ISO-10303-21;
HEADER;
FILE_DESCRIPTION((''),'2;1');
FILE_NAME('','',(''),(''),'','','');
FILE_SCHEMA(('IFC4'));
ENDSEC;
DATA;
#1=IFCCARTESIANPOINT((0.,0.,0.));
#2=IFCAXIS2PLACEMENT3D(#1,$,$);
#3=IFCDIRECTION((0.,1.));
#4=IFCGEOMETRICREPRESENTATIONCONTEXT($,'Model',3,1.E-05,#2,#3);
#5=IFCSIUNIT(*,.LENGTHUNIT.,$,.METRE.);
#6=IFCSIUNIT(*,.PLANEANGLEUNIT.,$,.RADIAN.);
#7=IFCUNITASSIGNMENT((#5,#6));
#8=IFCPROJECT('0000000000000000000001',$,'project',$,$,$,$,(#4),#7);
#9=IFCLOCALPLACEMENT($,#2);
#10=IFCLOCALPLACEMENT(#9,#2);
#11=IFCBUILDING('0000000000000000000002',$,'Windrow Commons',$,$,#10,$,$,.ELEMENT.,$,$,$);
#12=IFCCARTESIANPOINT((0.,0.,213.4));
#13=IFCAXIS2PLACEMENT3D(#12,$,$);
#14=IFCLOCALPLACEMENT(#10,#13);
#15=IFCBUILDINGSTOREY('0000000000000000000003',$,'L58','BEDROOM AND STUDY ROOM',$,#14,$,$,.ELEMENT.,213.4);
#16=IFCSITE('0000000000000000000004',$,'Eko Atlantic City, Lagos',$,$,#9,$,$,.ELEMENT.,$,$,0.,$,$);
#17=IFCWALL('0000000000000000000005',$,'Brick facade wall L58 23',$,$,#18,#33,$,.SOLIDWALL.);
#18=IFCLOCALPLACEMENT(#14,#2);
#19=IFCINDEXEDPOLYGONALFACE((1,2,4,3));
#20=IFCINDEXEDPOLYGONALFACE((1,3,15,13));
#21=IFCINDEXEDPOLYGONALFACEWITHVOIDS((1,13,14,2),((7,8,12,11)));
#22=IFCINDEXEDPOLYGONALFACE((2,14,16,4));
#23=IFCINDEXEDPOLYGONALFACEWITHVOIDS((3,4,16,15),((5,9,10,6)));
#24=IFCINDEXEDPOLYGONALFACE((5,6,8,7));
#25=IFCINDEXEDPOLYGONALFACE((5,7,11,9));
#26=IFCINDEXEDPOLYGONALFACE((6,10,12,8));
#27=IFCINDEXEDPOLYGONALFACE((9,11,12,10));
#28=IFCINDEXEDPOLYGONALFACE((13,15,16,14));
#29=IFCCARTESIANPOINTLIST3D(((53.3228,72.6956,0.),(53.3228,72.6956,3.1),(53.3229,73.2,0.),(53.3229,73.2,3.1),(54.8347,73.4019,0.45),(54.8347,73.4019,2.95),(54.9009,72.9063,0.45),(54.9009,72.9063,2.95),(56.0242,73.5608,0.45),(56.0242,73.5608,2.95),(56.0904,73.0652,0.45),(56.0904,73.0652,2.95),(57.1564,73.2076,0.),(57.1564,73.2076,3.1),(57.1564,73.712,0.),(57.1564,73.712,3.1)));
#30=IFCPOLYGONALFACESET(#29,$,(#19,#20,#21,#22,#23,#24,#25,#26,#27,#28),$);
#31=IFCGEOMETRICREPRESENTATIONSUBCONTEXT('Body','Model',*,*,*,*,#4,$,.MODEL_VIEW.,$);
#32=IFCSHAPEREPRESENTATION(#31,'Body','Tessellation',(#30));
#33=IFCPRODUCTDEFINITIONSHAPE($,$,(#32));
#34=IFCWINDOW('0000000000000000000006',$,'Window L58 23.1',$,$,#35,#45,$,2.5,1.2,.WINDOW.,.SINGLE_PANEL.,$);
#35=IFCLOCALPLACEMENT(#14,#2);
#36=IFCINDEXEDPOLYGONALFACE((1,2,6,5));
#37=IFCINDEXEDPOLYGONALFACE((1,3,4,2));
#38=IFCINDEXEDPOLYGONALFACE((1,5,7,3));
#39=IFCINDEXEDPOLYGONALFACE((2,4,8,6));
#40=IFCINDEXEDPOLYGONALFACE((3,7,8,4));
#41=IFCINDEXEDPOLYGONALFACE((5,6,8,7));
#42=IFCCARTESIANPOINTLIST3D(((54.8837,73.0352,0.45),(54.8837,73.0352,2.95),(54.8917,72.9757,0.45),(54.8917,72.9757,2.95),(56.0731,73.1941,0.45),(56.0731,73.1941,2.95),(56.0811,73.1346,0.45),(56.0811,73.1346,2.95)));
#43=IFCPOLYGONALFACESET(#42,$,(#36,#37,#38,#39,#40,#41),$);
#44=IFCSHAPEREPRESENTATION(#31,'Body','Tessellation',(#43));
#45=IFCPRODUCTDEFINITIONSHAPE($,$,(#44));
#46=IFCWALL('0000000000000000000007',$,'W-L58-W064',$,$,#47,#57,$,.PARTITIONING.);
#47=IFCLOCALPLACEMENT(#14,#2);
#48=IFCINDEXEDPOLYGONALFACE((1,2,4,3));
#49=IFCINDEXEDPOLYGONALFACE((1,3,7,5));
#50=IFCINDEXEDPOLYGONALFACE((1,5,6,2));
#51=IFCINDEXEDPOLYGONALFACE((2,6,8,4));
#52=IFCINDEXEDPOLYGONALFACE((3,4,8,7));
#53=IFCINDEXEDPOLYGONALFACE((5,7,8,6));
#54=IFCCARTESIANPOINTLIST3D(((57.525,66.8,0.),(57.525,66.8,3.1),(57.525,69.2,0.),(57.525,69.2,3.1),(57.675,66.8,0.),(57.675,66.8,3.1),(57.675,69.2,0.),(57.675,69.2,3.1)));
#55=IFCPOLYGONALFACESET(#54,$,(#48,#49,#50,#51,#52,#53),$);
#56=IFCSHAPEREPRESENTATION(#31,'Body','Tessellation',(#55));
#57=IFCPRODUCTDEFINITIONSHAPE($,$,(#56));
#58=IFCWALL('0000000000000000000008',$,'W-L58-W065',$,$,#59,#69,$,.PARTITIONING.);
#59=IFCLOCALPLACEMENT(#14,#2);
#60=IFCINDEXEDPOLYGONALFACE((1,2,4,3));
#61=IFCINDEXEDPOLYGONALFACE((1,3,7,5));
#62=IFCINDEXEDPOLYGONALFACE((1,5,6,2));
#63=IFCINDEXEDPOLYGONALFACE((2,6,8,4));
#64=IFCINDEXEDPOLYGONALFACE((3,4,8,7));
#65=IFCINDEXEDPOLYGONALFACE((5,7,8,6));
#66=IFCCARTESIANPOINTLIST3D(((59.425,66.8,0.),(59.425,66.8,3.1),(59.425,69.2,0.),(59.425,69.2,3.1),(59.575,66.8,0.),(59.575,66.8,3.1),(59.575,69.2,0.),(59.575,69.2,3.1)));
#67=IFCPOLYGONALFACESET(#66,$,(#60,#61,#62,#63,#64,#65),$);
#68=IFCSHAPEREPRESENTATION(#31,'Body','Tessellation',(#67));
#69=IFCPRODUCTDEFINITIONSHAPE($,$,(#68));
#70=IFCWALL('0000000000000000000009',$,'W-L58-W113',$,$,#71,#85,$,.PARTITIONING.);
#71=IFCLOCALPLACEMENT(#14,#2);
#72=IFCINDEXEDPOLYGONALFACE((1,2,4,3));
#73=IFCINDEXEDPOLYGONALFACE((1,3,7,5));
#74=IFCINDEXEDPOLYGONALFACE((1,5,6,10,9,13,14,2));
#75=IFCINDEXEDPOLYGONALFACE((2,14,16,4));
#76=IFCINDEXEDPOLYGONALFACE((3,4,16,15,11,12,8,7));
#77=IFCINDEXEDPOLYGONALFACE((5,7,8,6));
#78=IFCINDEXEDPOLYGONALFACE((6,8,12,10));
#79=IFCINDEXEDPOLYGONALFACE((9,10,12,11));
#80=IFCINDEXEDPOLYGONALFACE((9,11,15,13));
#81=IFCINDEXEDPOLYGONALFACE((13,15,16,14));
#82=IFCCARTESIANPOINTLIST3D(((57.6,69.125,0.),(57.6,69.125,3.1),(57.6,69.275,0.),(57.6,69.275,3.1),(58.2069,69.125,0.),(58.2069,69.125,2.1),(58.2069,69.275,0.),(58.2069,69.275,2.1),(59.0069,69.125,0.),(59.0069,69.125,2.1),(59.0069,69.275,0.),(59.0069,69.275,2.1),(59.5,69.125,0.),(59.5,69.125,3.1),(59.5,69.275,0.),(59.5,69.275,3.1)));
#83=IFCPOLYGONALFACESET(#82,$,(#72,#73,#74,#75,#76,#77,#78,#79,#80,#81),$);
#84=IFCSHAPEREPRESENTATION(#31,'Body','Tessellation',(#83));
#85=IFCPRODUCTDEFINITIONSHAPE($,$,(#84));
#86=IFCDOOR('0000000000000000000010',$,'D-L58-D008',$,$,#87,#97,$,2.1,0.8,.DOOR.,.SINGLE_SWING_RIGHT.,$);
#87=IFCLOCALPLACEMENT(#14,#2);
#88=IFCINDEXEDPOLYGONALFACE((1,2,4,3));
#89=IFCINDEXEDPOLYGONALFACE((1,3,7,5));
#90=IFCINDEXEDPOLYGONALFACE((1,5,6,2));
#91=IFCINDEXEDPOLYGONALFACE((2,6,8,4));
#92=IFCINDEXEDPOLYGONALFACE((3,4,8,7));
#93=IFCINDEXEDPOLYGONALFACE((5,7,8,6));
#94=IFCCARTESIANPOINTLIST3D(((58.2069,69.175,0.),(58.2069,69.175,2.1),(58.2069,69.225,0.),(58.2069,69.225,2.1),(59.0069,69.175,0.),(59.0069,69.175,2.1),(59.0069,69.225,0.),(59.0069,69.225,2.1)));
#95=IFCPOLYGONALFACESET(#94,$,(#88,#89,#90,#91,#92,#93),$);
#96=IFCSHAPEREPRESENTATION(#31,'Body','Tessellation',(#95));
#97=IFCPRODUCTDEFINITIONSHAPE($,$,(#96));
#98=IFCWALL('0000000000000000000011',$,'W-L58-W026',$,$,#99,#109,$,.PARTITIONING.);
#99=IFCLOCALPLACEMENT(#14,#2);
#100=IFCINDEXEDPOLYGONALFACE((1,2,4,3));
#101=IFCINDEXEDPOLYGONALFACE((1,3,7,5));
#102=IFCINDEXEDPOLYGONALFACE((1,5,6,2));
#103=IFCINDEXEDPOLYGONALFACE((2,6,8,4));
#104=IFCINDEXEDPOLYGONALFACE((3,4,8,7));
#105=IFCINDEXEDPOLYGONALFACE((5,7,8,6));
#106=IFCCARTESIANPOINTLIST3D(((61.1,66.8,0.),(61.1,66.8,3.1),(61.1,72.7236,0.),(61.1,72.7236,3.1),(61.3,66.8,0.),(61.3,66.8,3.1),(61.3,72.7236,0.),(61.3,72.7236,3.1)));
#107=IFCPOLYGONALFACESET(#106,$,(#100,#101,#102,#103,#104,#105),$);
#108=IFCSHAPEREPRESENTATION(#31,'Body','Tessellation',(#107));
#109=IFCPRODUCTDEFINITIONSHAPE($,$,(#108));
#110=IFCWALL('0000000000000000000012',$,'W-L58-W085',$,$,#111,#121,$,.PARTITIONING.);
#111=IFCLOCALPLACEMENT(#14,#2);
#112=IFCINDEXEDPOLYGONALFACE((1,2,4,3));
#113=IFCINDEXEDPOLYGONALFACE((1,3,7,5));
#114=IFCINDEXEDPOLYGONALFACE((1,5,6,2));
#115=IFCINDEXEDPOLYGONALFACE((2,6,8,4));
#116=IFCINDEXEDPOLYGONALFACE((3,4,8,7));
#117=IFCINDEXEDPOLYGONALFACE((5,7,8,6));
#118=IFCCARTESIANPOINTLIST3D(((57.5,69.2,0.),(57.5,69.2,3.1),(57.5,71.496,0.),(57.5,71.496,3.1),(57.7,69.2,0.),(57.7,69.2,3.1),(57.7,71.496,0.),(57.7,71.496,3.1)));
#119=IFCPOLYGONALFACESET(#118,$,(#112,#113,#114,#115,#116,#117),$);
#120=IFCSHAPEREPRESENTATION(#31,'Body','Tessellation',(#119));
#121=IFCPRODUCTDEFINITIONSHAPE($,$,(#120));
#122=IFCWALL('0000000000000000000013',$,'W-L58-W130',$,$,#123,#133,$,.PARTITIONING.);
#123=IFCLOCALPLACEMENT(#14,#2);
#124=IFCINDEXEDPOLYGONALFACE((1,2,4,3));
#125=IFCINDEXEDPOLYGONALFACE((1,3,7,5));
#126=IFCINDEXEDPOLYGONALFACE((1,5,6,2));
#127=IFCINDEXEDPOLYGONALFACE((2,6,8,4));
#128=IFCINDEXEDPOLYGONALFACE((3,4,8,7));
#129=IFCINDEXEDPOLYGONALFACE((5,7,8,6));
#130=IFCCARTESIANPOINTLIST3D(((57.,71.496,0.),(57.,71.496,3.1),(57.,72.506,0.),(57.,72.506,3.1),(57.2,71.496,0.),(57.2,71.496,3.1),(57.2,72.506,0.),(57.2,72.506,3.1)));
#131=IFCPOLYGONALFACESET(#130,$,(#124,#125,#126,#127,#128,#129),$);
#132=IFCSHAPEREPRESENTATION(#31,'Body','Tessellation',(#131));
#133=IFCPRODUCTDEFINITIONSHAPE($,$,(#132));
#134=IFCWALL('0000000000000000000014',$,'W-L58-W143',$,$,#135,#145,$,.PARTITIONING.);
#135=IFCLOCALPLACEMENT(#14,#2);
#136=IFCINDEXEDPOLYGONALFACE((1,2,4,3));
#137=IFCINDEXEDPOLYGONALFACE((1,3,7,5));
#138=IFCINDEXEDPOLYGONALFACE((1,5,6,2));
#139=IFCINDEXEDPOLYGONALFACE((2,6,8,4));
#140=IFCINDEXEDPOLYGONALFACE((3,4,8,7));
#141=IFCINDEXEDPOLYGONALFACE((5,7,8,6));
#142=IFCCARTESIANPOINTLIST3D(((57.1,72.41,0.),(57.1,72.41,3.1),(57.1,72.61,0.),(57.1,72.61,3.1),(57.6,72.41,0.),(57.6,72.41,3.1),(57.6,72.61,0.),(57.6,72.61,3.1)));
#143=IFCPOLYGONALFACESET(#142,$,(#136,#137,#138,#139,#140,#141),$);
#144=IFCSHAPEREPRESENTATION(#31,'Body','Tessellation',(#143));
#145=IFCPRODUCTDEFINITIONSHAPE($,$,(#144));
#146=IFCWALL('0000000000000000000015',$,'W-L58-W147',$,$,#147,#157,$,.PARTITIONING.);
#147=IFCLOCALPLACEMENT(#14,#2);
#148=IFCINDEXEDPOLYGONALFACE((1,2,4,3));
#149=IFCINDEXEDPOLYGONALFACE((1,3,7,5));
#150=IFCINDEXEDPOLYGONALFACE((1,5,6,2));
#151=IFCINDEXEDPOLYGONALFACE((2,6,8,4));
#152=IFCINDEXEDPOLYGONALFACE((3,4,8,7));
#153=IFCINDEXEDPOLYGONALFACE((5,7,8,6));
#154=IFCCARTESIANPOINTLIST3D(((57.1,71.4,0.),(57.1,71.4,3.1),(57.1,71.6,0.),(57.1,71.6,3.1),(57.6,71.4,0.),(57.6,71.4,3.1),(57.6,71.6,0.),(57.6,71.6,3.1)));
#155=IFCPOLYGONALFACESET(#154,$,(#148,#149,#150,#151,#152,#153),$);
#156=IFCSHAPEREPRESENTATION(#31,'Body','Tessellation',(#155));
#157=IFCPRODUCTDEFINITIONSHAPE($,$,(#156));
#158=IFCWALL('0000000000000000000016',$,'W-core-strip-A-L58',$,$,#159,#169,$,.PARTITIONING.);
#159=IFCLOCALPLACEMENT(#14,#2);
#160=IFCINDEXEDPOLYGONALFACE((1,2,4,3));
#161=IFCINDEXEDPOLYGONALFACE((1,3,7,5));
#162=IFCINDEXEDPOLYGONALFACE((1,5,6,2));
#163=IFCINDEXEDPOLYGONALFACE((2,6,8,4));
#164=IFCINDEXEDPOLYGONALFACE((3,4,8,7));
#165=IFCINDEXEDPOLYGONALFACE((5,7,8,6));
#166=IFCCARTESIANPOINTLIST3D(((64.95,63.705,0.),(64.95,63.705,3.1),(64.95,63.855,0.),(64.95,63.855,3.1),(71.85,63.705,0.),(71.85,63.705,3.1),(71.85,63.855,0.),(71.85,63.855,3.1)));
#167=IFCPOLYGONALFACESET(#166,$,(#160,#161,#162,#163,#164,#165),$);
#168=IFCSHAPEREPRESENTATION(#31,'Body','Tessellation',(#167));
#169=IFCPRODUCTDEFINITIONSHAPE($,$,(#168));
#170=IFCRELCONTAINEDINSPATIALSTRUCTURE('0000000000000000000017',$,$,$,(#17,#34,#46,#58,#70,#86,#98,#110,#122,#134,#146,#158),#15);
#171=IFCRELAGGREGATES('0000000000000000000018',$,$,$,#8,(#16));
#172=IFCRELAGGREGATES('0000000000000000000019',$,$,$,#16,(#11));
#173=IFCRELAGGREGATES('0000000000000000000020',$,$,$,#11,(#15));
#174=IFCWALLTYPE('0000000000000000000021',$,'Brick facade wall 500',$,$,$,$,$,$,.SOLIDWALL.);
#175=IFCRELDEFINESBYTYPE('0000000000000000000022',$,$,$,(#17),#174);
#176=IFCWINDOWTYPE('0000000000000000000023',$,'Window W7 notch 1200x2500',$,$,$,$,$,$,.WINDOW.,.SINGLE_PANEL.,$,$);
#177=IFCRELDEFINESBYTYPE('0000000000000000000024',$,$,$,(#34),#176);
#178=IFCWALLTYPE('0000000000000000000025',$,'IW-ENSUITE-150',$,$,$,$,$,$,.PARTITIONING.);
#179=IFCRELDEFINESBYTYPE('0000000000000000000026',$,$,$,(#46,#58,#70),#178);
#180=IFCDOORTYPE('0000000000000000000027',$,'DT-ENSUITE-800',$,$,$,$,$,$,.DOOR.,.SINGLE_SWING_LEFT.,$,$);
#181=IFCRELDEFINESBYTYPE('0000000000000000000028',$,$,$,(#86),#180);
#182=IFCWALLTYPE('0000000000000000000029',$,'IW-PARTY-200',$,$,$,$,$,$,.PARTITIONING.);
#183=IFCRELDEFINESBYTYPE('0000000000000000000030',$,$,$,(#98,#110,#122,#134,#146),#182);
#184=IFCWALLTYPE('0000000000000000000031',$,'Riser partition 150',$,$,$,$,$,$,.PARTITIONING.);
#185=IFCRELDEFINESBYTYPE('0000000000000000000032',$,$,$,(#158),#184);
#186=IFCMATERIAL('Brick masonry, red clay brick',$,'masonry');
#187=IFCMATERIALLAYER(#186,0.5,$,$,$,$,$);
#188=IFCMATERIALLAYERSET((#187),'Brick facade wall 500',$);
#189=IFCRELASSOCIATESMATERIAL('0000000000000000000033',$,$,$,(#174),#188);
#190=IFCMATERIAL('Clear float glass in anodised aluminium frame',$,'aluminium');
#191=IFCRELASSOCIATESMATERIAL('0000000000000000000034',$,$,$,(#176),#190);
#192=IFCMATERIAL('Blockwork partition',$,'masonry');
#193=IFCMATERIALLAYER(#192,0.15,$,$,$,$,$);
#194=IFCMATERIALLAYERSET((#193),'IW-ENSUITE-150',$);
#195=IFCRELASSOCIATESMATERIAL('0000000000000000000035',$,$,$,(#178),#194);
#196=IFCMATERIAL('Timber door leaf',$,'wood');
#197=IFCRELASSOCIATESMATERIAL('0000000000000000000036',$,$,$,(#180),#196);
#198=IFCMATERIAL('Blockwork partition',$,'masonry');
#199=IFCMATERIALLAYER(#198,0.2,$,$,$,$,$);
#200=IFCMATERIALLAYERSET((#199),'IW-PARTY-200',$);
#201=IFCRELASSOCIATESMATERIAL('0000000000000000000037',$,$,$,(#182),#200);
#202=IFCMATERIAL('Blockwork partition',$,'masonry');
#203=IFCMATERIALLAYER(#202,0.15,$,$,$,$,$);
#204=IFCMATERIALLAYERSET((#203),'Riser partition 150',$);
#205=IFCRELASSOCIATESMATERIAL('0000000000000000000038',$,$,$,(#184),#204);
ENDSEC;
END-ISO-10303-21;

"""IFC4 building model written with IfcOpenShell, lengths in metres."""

from ifc_helpers import new_model, si_unit, direction, frame, frame_2d, origin, place, context, subcontext, project, spatial, polyline, rectangle, outline, extrude, material, layer, layer_set, type_object, element, fill, save


model = new_model("IFC4")

# Units and contexts
model_context = context("Model", 3, precision=1e-05, world=origin(), true_north=direction((0.0, 1.0)))
body_context = subcontext(model_context, "Body", "Model", "MODEL_VIEW")
ifc_project = project(units=[si_unit("LENGTHUNIT", "METRE"), si_unit("PLANEANGLEUNIT", "RADIAN")], contexts=[model_context])

# Site, building, storey
site_placement = place(None, origin())
site = spatial("IfcSite", under=ifc_project, at=site_placement, Name="Eko Atlantic City, Lagos", CompositionType="ELEMENT", RefElevation=0.0)
building_placement = place(site_placement, origin())
building = spatial("IfcBuilding", under=site, at=building_placement, Name="Windrow Commons", CompositionType="ELEMENT")
storey_placement = place(building_placement, frame((0.0, 0.0, 213.4)))
storey = spatial("IfcBuildingStorey", under=building, at=storey_placement, Name="L58", Description="BEDROOM AND STUDY ROOM", CompositionType="ELEMENT", Elevation=213.4)

# Shared definitions
ifc_material_1 = material(Name="Brick masonry, red clay brick", Category="masonry")
ifc_layer_1 = layer(ifc_material_1, 0.5)
ifc_layer_set_1 = layer_set([ifc_layer_1], Name="Brick facade wall 500")
wall_type_1 = type_object("IfcWallType", Name="Brick facade wall 500", PredefinedType="SOLIDWALL", material=ifc_layer_set_1)

# Wall, opening, window
wall_1_placement = place(storey_placement, frame((57.1564, 73.4598, 0.0), z_axis=(0.0, 0.0, 1.0), x_axis=(-0.991199, -0.132384, 0.0)))
wall_1 = element("IfcWall", 1, at=wall_1_placement, inside=storey, type_object=wall_type_1, Name="Brick facade wall L58 23", PredefinedType="SOLIDWALL", context=body_context, shape_type="SweptSolid", body=[
    extrude(outline(polyline([(-0.0334, -0.25), (3.8342, -0.25), (3.901, 0.25), (0.0334, 0.25), (-0.0334, -0.25)])), origin(), (0.0, 0.0, 1.0), 3.1),
])
opening_1_placement = place(wall_1_placement, frame((1.1089, 0.0, 0.45)))
opening_1 = element("IfcOpeningElement", 2, at=opening_1_placement, cuts=wall_1, PredefinedType="OPENING", context=body_context, shape_type="SweptSolid", body=[
    extrude(rectangle(XDim=1.2, YDim=2.5, at=frame_2d((0.6, 1.25))), frame((0.0, 0.26, 0.0), z_axis=(0.0, -1.0, 0.0), x_axis=(1.0, 0.0, 0.0)), (0.0, 0.0, 1.0), 0.52),
])
ifc_material_2 = material(Name="Clear float glass in anodised aluminium frame", Category="aluminium")
window_type_1 = type_object("IfcWindowType", Name="Window W7 notch 1200x2500", PartitioningType="SINGLE_PANEL", PredefinedType="WINDOW", material=ifc_material_2)
window_1_placement = place(opening_1_placement, origin())
window_1 = element("IfcWindow", 3, at=window_1_placement, inside=storey, type_object=window_type_1, Name="Window L58 23.1", OverallHeight=2.5, OverallWidth=1.2, PartitioningType="SINGLE_PANEL", PredefinedType="WINDOW", context=body_context, shape_type="SweptSolid", body=[
    extrude(rectangle(XDim=1.2, YDim=2.5, at=frame_2d((0.6, 1.25))), frame((0.0, 0.18, 0.0), z_axis=(0.0, -1.0, 0.0), x_axis=(1.0, 0.0, 0.0)), (0.0, 0.0, 1.0), 0.06),
])
fill(opening_1, window_1)

# Walls
ifc_material_3 = material(Name="Blockwork partition", Category="masonry")
ifc_layer_2 = layer(ifc_material_3, 0.15)
ifc_layer_set_2 = layer_set([ifc_layer_2], Name="IW-ENSUITE-150")
wall_type_2 = type_object("IfcWallType", Name="IW-ENSUITE-150", PredefinedType="PARTITIONING", material=ifc_layer_set_2)
for number, where, z_axis, x_axis, name in (
    (4, (57.6, 66.8, 0.0), (0.0, 0.0, 1.0), (0.0, 1.0, 0.0), "W-L58-W064"),
    (5, (59.5, 66.8, 0.0), (0.0, 0.0, 1.0), (0.0, 1.0, 0.0), "W-L58-W065"),
):
    element("IfcWall", number, at=place(storey_placement, frame(where, z_axis=z_axis, x_axis=x_axis)), inside=storey, type_object=wall_type_2, Name=name, PredefinedType="PARTITIONING", context=body_context, shape_type="SweptSolid", body=[
        extrude(rectangle(XDim=2.4, YDim=0.15, at=frame_2d((1.2, 0.0))), origin(), (0.0, 0.0, 1.0), 3.1),
    ])

# Wall, opening, door
wall_2_placement = place(storey_placement, frame((57.6, 69.2, 0.0), z_axis=(0.0, 0.0, 1.0), x_axis=(1.0, 0.0, 0.0)))
wall_2 = element("IfcWall", 6, at=wall_2_placement, inside=storey, type_object=wall_type_2, Name="W-L58-W113", PredefinedType="PARTITIONING", context=body_context, shape_type="SweptSolid", body=[
    extrude(rectangle(XDim=1.9, YDim=0.15, at=frame_2d((0.95, 0.0))), origin(), (0.0, 0.0, 1.0), 3.1),
])
opening_2_placement = place(wall_2_placement, frame((0.6069, 0.0, 0.0)))
opening_2 = element("IfcOpeningElement", 7, at=opening_2_placement, cuts=wall_2, PredefinedType="OPENING", context=body_context, shape_type="SweptSolid", body=[
    extrude(rectangle(XDim=0.8, YDim=2.1, at=frame_2d((0.4, 1.05))), frame((0.0, 0.085, 0.0), z_axis=(0.0, -1.0, 0.0), x_axis=(1.0, 0.0, 0.0)), (0.0, 0.0, 1.0), 0.17),
])
ifc_material_4 = material(Name="Timber door leaf", Category="wood")
door_type = type_object("IfcDoorType", Name="DT-ENSUITE-800", OperationType="SINGLE_SWING_LEFT", PredefinedType="DOOR", material=ifc_material_4)
door_placement = place(opening_2_placement, origin())
door = element("IfcDoor", 8, at=door_placement, inside=storey, type_object=door_type, Name="D-L58-D008", OperationType="SINGLE_SWING_RIGHT", OverallHeight=2.1, OverallWidth=0.8, PredefinedType="DOOR", context=body_context, shape_type="SweptSolid", body=[
    extrude(rectangle(XDim=0.8, YDim=2.1, at=frame_2d((0.4, 1.05))), frame((0.0, 0.025, 0.0), z_axis=(0.0, -1.0, 0.0), x_axis=(1.0, 0.0, 0.0)), (0.0, 0.0, 1.0), 0.05),
])
fill(opening_2, door)

# Walls
ifc_material_5 = material(Name="Blockwork partition", Category="masonry")
ifc_layer_3 = layer(ifc_material_5, 0.2)
ifc_layer_set_3 = layer_set([ifc_layer_3], Name="IW-PARTY-200")
wall_type_3 = type_object("IfcWallType", Name="IW-PARTY-200", PredefinedType="PARTITIONING", material=ifc_layer_set_3)
wall_3_placement = place(storey_placement, frame((61.2, 66.8, 0.0), z_axis=(0.0, 0.0, 1.0), x_axis=(0.0, 1.0, 0.0)))
element("IfcWall", 9, at=wall_3_placement, inside=storey, type_object=wall_type_3, Name="W-L58-W026", PredefinedType="PARTITIONING", context=body_context, shape_type="SweptSolid", body=[
    extrude(rectangle(XDim=5.9236, YDim=0.2, at=frame_2d((2.9618, 0.0))), origin(), (0.0, 0.0, 1.0), 3.1),
])
wall_4_placement = place(storey_placement, frame((57.6, 69.2, 0.0), z_axis=(0.0, 0.0, 1.0), x_axis=(0.0, 1.0, 0.0)))
element("IfcWall", 10, at=wall_4_placement, inside=storey, type_object=wall_type_3, Name="W-L58-W085", PredefinedType="PARTITIONING", context=body_context, shape_type="SweptSolid", body=[
    extrude(rectangle(XDim=2.296, YDim=0.2, at=frame_2d((1.148, 0.0))), origin(), (0.0, 0.0, 1.0), 3.1),
])
wall_5_placement = place(storey_placement, frame((57.1, 71.496, 0.0), z_axis=(0.0, 0.0, 1.0), x_axis=(0.0, 1.0, 0.0)))
element("IfcWall", 11, at=wall_5_placement, inside=storey, type_object=wall_type_3, Name="W-L58-W130", PredefinedType="PARTITIONING", context=body_context, shape_type="SweptSolid", body=[
    extrude(rectangle(XDim=1.01, YDim=0.2, at=frame_2d((0.505, 0.0))), origin(), (0.0, 0.0, 1.0), 3.1),
])
for number, where, z_axis, x_axis, name in (
    (12, (57.1, 72.51, 0.0), (0.0, 0.0, 1.0), (1.0, 0.0, 0.0), "W-L58-W143"),
    (13, (57.1, 71.5, 0.0), (0.0, 0.0, 1.0), (1.0, 0.0, 0.0), "W-L58-W147"),
):
    element("IfcWall", number, at=place(storey_placement, frame(where, z_axis=z_axis, x_axis=x_axis)), inside=storey, type_object=wall_type_3, Name=name, PredefinedType="PARTITIONING", context=body_context, shape_type="SweptSolid", body=[
        extrude(rectangle(XDim=0.5, YDim=0.2, at=frame_2d((0.25, 0.0))), origin(), (0.0, 0.0, 1.0), 3.1),
    ])
ifc_material_6 = material(Name="Blockwork partition", Category="masonry")
ifc_layer_4 = layer(ifc_material_6, 0.15)
ifc_layer_set_4 = layer_set([ifc_layer_4], Name="Riser partition 150")
wall_type_4 = type_object("IfcWallType", Name="Riser partition 150", PredefinedType="PARTITIONING", material=ifc_layer_set_4)
wall_6_placement = place(storey_placement, frame((64.95, 63.78, 0.0), z_axis=(0.0, 0.0, 1.0), x_axis=(1.0, 0.0, 0.0)))
element("IfcWall", 14, at=wall_6_placement, inside=storey, type_object=wall_type_4, Name="W-core-strip-A-L58", PredefinedType="PARTITIONING", context=body_context, shape_type="SweptSolid", body=[
    extrude(rectangle(XDim=6.9, YDim=0.15, at=frame_2d((3.45, 0.0))), origin(), (0.0, 0.0, 1.0), 3.1),
])

save(model, "model.ifc")
